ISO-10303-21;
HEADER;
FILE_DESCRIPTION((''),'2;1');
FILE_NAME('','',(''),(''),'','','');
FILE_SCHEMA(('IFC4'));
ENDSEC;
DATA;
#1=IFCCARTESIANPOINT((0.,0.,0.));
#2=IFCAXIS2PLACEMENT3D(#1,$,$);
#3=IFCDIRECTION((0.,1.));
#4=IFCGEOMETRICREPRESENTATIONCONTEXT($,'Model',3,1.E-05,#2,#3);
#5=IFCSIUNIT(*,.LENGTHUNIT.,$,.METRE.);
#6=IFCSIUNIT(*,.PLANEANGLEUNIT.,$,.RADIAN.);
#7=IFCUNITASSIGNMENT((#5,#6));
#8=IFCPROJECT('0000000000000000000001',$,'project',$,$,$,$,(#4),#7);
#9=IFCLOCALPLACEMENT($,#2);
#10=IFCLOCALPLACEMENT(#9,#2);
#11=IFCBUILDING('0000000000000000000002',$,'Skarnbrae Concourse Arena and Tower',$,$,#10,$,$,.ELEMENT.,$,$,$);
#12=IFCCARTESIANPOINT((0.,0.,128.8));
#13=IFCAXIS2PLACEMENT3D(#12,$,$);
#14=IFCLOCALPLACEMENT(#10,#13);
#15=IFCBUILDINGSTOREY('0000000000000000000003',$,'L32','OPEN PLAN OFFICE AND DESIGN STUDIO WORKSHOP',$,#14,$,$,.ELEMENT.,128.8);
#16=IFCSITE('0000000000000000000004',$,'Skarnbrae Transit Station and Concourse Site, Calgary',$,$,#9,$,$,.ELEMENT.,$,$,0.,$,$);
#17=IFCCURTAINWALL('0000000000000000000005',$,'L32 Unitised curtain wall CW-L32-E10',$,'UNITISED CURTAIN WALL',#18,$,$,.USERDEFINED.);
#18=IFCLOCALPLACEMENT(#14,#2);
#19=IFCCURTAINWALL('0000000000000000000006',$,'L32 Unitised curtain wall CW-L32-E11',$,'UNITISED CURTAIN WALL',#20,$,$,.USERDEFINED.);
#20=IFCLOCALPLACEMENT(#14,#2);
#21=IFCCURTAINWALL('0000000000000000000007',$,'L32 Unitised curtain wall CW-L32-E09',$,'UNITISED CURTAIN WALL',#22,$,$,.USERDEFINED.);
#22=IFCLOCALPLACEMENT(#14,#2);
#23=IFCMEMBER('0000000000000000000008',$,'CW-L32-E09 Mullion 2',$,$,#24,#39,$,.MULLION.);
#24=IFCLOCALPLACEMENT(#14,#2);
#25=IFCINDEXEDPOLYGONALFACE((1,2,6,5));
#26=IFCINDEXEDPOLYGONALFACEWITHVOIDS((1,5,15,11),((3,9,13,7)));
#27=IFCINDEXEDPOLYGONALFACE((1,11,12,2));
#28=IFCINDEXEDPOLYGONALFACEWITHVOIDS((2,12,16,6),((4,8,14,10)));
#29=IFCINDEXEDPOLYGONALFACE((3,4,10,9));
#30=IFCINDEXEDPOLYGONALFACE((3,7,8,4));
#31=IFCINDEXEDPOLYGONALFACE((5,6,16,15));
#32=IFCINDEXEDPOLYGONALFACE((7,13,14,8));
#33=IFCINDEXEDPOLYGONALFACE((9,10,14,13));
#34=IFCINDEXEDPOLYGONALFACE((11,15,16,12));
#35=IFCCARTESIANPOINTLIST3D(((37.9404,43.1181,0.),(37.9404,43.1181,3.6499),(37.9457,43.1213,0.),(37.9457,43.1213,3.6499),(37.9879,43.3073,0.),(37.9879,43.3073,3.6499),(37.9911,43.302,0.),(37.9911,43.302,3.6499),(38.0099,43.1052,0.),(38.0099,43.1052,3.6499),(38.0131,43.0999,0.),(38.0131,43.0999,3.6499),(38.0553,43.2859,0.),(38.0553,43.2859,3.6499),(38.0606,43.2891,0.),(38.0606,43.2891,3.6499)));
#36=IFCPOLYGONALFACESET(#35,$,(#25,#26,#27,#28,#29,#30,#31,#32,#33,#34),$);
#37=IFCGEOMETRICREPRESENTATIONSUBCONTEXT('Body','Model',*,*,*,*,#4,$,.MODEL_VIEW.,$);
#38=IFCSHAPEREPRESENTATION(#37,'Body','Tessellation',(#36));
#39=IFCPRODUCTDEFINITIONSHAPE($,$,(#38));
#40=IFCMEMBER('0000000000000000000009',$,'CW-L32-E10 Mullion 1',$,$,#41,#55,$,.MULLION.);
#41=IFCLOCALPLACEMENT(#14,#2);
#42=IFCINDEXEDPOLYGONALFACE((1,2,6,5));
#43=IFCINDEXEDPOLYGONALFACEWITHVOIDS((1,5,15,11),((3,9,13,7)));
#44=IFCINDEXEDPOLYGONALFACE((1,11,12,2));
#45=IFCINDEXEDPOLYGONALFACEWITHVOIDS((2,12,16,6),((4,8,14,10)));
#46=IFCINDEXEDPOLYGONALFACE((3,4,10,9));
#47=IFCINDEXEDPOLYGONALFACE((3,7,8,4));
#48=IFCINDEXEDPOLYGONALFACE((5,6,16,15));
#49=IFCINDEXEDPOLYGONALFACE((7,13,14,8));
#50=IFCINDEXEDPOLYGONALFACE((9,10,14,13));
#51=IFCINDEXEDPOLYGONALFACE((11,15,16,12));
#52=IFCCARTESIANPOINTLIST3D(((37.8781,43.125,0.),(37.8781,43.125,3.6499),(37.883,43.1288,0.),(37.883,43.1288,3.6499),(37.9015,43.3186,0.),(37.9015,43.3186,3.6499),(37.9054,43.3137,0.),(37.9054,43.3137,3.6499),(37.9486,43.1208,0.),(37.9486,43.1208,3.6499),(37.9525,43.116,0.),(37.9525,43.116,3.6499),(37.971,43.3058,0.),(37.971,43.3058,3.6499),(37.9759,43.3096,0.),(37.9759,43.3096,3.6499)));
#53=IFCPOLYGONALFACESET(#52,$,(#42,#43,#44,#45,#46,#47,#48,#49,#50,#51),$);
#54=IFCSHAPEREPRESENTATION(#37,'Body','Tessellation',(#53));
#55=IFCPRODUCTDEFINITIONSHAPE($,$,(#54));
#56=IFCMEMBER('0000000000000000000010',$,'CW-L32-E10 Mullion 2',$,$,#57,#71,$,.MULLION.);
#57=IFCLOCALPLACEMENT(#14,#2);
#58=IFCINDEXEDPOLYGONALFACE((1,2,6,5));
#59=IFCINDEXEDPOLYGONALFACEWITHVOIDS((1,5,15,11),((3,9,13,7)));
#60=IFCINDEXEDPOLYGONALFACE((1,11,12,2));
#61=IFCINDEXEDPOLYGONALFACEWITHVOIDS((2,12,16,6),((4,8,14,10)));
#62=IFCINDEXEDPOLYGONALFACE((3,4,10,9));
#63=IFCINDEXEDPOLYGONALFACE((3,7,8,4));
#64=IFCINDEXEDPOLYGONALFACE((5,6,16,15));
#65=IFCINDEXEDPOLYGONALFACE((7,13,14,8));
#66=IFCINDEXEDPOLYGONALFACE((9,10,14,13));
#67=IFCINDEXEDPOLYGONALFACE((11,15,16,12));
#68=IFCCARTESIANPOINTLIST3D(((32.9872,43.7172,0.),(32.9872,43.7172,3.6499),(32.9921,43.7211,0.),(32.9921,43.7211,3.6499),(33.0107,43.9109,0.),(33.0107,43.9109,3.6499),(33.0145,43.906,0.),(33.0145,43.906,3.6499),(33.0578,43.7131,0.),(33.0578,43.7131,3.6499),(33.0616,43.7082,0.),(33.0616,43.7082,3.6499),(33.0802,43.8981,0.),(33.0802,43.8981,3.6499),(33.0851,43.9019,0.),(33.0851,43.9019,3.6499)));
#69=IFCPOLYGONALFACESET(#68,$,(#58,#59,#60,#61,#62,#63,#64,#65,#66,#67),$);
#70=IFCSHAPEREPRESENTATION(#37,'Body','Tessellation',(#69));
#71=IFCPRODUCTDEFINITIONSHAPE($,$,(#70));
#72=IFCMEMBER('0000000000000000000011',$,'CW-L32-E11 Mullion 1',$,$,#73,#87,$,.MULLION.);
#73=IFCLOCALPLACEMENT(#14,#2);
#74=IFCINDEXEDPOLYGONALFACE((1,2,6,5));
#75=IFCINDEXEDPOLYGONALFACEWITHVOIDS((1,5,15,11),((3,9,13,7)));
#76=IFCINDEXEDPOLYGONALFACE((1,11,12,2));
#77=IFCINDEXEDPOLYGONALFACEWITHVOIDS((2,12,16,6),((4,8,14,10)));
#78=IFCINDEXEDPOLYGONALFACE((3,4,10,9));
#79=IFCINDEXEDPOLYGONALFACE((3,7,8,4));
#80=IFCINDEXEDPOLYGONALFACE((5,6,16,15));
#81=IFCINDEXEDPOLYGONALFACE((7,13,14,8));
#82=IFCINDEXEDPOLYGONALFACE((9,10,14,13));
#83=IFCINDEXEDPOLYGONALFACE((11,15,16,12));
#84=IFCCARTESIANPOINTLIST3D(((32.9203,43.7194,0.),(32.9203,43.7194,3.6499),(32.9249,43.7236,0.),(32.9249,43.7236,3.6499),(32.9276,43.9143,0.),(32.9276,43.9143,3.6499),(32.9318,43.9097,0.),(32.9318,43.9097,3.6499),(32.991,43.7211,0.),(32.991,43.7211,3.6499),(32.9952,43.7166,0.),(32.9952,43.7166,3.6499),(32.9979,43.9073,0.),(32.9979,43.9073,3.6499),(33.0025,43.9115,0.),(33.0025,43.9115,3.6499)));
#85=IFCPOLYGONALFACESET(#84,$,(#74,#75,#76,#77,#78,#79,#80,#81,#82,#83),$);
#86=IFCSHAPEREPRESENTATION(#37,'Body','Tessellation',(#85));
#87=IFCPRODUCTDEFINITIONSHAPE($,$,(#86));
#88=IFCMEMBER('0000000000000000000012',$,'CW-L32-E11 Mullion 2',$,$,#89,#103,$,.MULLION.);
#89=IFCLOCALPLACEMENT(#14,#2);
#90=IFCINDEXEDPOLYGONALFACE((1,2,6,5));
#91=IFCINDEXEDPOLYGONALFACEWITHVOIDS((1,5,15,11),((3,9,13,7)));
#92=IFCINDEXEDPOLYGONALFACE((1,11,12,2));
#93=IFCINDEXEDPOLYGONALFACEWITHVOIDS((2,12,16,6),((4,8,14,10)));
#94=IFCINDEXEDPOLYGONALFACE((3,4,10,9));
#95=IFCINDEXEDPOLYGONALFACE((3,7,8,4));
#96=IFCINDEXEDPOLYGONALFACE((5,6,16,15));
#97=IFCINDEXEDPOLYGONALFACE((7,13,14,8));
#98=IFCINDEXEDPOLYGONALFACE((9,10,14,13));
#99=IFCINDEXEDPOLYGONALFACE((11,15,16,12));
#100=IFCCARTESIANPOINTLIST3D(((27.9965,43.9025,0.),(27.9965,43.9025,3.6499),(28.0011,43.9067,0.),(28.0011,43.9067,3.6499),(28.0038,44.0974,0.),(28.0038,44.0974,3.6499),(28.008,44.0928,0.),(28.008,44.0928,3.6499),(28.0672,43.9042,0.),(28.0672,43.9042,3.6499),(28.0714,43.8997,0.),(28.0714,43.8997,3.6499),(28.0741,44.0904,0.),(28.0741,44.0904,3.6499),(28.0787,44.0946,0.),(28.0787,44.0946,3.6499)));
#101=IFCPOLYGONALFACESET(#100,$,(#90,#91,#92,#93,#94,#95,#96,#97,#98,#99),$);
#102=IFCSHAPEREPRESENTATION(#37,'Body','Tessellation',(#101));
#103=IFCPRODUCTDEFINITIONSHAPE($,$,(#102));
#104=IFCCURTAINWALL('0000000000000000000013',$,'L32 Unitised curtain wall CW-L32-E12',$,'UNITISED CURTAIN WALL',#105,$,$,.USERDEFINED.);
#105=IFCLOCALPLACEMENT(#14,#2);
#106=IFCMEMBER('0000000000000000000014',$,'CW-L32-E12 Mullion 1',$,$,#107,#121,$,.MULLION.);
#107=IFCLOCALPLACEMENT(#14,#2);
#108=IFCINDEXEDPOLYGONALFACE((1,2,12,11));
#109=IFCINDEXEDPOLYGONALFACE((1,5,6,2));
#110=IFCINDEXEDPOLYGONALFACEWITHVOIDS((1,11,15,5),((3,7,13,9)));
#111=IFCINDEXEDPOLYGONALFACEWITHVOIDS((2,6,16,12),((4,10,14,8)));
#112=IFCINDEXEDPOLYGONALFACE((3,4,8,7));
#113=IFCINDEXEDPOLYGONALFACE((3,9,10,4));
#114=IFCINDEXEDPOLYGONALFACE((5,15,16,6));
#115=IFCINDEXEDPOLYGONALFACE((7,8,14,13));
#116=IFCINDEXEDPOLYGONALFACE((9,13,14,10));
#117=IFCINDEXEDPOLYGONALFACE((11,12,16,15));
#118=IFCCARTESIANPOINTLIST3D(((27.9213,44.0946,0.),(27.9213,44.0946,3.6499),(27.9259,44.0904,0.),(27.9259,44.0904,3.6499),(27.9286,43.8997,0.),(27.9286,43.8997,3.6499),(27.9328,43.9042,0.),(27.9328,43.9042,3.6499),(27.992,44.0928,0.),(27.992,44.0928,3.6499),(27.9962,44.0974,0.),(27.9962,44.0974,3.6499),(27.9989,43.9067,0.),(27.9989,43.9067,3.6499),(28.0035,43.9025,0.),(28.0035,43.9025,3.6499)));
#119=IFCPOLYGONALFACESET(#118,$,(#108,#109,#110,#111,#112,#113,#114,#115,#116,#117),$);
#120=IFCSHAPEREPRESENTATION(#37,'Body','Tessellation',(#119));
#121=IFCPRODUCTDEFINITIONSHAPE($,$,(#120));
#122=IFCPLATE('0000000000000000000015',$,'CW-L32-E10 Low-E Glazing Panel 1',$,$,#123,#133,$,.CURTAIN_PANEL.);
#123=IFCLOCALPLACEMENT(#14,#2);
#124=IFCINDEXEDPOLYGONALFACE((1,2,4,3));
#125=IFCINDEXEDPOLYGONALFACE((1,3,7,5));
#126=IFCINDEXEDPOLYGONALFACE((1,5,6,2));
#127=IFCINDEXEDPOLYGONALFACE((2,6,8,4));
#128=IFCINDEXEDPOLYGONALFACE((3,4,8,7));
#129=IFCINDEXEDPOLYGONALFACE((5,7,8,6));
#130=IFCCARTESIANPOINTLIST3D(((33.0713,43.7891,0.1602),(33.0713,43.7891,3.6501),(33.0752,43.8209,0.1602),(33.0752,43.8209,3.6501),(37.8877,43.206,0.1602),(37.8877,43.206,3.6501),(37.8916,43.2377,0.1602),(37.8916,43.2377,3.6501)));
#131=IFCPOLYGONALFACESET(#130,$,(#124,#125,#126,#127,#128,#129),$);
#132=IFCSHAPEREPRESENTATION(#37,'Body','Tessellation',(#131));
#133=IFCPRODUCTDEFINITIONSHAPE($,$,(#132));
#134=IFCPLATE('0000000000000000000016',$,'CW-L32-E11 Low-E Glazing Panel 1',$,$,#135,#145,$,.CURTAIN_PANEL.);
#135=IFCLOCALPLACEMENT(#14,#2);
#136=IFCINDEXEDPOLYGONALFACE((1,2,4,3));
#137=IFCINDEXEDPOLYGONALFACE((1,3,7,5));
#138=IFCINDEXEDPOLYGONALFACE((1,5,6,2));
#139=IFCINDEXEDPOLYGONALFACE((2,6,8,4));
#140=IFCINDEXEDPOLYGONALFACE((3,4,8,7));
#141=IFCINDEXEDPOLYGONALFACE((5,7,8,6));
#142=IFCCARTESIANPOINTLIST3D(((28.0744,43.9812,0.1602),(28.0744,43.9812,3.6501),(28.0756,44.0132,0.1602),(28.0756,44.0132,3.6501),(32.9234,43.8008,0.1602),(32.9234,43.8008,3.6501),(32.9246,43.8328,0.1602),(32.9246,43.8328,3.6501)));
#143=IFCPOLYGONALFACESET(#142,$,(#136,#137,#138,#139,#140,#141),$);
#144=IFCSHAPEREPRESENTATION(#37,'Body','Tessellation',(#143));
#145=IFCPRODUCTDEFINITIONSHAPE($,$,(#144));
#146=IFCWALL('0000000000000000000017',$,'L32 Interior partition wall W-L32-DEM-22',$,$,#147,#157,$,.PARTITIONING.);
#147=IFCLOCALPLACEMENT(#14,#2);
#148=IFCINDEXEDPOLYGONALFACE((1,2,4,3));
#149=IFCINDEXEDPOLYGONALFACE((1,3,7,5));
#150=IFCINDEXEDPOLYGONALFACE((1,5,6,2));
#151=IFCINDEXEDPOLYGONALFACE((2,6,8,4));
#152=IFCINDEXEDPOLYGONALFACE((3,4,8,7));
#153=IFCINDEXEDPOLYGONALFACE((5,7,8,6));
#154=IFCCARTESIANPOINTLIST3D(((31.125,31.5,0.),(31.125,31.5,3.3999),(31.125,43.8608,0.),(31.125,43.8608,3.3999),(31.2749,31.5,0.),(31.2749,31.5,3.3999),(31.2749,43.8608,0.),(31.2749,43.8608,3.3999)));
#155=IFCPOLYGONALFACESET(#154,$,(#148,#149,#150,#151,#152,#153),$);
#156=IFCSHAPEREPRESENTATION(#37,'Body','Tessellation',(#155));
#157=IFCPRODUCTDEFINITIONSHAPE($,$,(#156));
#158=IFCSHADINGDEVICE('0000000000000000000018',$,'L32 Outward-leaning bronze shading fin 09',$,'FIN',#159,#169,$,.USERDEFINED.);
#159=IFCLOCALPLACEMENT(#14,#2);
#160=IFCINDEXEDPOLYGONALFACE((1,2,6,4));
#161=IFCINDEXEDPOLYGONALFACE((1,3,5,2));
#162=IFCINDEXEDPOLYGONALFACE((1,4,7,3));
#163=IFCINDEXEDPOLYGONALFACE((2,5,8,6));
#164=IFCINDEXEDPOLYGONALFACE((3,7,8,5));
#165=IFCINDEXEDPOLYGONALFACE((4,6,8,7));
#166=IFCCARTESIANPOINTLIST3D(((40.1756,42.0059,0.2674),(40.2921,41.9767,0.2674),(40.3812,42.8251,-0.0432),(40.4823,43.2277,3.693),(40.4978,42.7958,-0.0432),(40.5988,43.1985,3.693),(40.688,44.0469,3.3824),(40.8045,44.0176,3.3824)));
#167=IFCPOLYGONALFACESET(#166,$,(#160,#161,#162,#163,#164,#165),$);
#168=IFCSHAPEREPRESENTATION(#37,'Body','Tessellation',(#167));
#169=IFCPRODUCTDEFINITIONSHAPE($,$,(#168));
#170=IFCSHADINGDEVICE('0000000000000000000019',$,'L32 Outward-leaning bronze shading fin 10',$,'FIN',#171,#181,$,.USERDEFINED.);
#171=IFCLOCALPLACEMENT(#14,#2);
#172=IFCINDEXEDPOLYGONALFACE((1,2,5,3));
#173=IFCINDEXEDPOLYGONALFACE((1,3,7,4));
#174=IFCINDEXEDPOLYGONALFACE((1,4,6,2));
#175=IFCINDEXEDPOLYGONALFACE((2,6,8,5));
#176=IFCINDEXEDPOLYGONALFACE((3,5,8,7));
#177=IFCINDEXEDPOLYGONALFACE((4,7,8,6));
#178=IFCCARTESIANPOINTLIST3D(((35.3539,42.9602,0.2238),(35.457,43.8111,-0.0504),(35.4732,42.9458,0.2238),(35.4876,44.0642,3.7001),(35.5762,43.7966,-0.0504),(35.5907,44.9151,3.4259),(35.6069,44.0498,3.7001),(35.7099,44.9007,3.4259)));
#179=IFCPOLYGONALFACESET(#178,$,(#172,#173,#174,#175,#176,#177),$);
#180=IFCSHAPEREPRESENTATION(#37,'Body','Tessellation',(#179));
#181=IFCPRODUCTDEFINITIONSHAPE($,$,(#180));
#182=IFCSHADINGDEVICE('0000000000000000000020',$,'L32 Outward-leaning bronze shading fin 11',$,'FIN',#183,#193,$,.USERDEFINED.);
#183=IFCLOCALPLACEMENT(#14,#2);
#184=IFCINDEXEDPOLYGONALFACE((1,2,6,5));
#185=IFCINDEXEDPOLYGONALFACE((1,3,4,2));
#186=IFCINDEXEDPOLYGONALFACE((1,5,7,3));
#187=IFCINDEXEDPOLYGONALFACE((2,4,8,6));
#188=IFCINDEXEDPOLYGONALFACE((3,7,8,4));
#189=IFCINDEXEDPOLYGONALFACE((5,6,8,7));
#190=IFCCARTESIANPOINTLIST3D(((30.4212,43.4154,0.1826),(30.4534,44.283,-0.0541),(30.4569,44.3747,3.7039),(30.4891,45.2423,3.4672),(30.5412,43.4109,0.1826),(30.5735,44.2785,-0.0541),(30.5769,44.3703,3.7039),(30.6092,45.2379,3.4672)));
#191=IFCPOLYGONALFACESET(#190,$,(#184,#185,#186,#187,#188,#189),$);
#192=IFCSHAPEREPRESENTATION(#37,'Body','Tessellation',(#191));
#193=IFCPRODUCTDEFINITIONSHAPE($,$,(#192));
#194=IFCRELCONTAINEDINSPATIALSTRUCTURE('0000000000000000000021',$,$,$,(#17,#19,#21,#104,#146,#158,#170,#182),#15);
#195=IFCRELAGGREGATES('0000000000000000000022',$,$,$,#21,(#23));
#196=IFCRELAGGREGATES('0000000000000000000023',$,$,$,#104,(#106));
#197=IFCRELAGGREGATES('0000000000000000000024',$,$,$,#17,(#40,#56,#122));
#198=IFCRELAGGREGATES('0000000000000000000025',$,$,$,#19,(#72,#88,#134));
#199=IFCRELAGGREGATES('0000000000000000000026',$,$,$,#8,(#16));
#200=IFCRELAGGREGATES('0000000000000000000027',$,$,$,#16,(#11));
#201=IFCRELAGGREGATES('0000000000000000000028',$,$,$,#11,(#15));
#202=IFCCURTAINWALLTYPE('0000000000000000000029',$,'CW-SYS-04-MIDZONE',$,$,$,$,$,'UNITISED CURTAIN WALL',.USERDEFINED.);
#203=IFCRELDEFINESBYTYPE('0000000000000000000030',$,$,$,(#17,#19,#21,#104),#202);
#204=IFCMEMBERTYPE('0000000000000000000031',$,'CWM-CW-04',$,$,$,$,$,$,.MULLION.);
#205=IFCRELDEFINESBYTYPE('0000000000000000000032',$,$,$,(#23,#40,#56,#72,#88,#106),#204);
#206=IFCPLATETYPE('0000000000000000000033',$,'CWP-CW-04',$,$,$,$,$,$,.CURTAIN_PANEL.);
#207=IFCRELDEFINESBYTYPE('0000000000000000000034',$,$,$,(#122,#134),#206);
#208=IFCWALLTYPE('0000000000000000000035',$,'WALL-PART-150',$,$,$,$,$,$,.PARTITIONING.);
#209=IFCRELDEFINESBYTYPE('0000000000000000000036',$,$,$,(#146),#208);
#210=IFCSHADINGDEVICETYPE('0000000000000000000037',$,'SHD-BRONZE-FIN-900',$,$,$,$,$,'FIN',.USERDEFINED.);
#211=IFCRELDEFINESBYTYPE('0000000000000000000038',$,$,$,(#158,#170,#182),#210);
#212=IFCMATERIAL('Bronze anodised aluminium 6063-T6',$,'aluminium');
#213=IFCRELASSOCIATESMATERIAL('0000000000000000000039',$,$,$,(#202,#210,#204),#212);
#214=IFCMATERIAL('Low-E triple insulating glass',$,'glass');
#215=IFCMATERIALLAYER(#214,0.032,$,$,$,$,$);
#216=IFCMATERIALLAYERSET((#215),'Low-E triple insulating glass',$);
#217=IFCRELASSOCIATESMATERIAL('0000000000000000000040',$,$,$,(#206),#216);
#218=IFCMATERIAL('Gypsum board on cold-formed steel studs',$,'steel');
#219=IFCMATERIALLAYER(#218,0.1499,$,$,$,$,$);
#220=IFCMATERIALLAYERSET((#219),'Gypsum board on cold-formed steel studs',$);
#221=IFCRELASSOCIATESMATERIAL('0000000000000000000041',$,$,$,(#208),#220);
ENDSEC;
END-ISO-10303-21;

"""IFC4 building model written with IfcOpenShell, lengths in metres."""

from ifc_helpers import new_model, si_unit, direction, frame, frame_2d, origin, origin_2d, place, context, subcontext, project, spatial, rectangle, hollow_rectangle, extrude, source, transform, mapped, material, layer, layer_set, material_profile, profile_set, type_object, element, aggregate, save


model = new_model("IFC4")

# Units and contexts
model_context = context("Model", 3, precision=1e-05, world=origin(), true_north=direction((0.0, 1.0)))
body_context = subcontext(model_context, "Body", "Model", "MODEL_VIEW")
ifc_project = project(units=[si_unit("LENGTHUNIT", "METRE"), si_unit("PLANEANGLEUNIT", "RADIAN")], contexts=[model_context])

# Site, building, storey
site_placement = place(None, origin())
site = spatial("IfcSite", under=ifc_project, at=site_placement, Name="Skarnbrae Transit Station and Concourse Site, Calgary", CompositionType="ELEMENT", RefElevation=0.0)
building_placement = place(site_placement, origin())
building = spatial("IfcBuilding", under=site, at=building_placement, Name="Skarnbrae Concourse Arena and Tower", CompositionType="ELEMENT")
storey_placement = place(building_placement, frame((0.0, 0.0, 128.8)))
storey = spatial("IfcBuildingStorey", under=building, at=storey_placement, Name="L32", Description="OPEN PLAN OFFICE AND DESIGN STUDIO WORKSHOP", CompositionType="ELEMENT", Elevation=128.8)

# Curtain walls, member
ifc_material_1 = material(Name="Bronze anodised aluminium 6063-T6", Category="aluminium")
curtain_wall_type = type_object("IfcCurtainWallType", Name="CW-SYS-04-MIDZONE", ElementType="UNITISED CURTAIN WALL", PredefinedType="USERDEFINED", material=ifc_material_1)
curtain_wall_1_placement = place(storey_placement, origin())
curtain_wall_1 = element("IfcCurtainWall", 1, at=curtain_wall_1_placement, inside=storey, type_object=curtain_wall_type, Name="L32 Unitised curtain wall CW-L32-E10", ObjectType="UNITISED CURTAIN WALL", PredefinedType="USERDEFINED")
curtain_wall_2_placement = place(storey_placement, origin())
curtain_wall_2 = element("IfcCurtainWall", 2, at=curtain_wall_2_placement, inside=storey, type_object=curtain_wall_type, Name="L32 Unitised curtain wall CW-L32-E11", ObjectType="UNITISED CURTAIN WALL", PredefinedType="USERDEFINED")
curtain_wall_3_placement = place(storey_placement, origin())
curtain_wall_3 = element("IfcCurtainWall", 3, at=curtain_wall_3_placement, inside=storey, type_object=curtain_wall_type, Name="L32 Unitised curtain wall CW-L32-E09", ObjectType="UNITISED CURTAIN WALL", PredefinedType="USERDEFINED")
ifc_material_profile_1 = material_profile(ifc_material_1, hollow_rectangle(XDim=0.075, YDim=0.1951, WallThickness=0.0044, at=origin_2d()), Name="ALU-MULL-75X195")
ifc_profile_set_1 = profile_set([ifc_material_profile_1], Name="Bronze anodised aluminium 6063-T6")
member_type_1 = type_object("IfcMemberType", Name="CWM-CW-04", PredefinedType="MULLION", material=ifc_profile_set_1)
shared_shape_1 = source(origin(), body_context, "Body", "SweptSolid", [
    extrude(hollow_rectangle(XDim=0.075, YDim=0.1951, WallThickness=0.0044, at=origin_2d()), origin(), (0.0, 0.0, 1.0), 3.6499),
])
member_1_placement = place(storey_placement, frame((38.0005, 43.2036, 0.0), z_axis=(0.0, 0.0, 1.0), x_axis=(-0.969903, 0.243491, 0.0)))
member_1 = element("IfcMember", 4, at=member_1_placement, type_object=member_type_1, Name="CW-L32-E09 Mullion 2", PredefinedType="MULLION", context=body_context, shape_type="MappedRepresentation", body=[
    mapped(shared_shape_1, transform((0.0, 0.0, 0.0))),
])
aggregate(curtain_wall_3, [member_1])

# Members
member_2_placement = place(storey_placement, frame((37.927, 43.2173, 0.0), z_axis=(0.0, 0.0, 1.0), x_axis=(-0.992749, 0.120203, 0.0)))
member_2 = element("IfcMember", 5, at=member_2_placement, type_object=member_type_1, Name="CW-L32-E10 Mullion 1", PredefinedType="MULLION", context=body_context, shape_type="MappedRepresentation", body=[
    mapped(shared_shape_1, transform((0.0, 0.0, 0.0))),
])
member_3_placement = place(storey_placement, frame((33.0361, 43.8096, 0.0), z_axis=(0.0, 0.0, 1.0), x_axis=(-0.992749, 0.120203, 0.0)))
member_3 = element("IfcMember", 6, at=member_3_placement, type_object=member_type_1, Name="CW-L32-E10 Mullion 2", PredefinedType="MULLION", context=body_context, shape_type="MappedRepresentation", body=[
    mapped(shared_shape_1, transform((0.0, 0.0, 0.0))),
])
member_4_placement = place(storey_placement, frame((32.9614, 43.8154, 0.0), z_axis=(0.0, 0.0, 1.0), x_axis=(-0.999308, 0.037183, 0.0)))
member_4 = element("IfcMember", 7, at=member_4_placement, type_object=member_type_1, Name="CW-L32-E11 Mullion 1", PredefinedType="MULLION", context=body_context, shape_type="MappedRepresentation", body=[
    mapped(shared_shape_1, transform((0.0, 0.0, 0.0))),
])
member_5_placement = place(storey_placement, frame((28.0376, 43.9985, 0.0), z_axis=(0.0, 0.0, 1.0), x_axis=(-0.999308, 0.037183, 0.0)))
member_5 = element("IfcMember", 8, at=member_5_placement, type_object=member_type_1, Name="CW-L32-E11 Mullion 2", PredefinedType="MULLION", context=body_context, shape_type="MappedRepresentation", body=[
    mapped(shared_shape_1, transform((0.0, 0.0, 0.0))),
])

# Curtain wall, member
curtain_wall_4_placement = place(storey_placement, origin())
curtain_wall_4 = element("IfcCurtainWall", 9, at=curtain_wall_4_placement, inside=storey, type_object=curtain_wall_type, Name="L32 Unitised curtain wall CW-L32-E12", ObjectType="UNITISED CURTAIN WALL", PredefinedType="USERDEFINED")
member_6_placement = place(storey_placement, frame((27.9624, 43.9985, 0.0), z_axis=(0.0, 0.0, 1.0), x_axis=(-0.999308, -0.037183, 0.0)))
member_6 = element("IfcMember", 10, at=member_6_placement, type_object=member_type_1, Name="CW-L32-E12 Mullion 1", PredefinedType="MULLION", context=body_context, shape_type="MappedRepresentation", body=[
    mapped(shared_shape_1, transform((0.0, 0.0, 0.0))),
])
aggregate(curtain_wall_4, [member_6])

# Plates
ifc_material_2 = material(Name="Low-E triple insulating glass", Category="glass")
ifc_layer_1 = layer(ifc_material_2, 0.032)
ifc_layer_set_1 = layer_set([ifc_layer_1], Name="Low-E triple insulating glass")
plate_type = type_object("IfcPlateType", Name="CWP-CW-04", PredefinedType="CURTAIN_PANEL", material=ifc_layer_set_1)
shared_shape_2 = source(origin(), body_context, "Body", "SweptSolid", [
    extrude(rectangle(XDim=4.8516, YDim=0.032, at=origin_2d()), origin(), (0.0, 0.0, 1.0), 3.49),
])
plate_1_placement = place(storey_placement, frame((35.4814, 43.5134, 0.1602), z_axis=(0.0, 0.0, 1.0), x_axis=(-0.992749, 0.120203, 0.0)))
plate_1 = element("IfcPlate", 11, at=plate_1_placement, type_object=plate_type, Name="CW-L32-E10 Low-E Glazing Panel 1", PredefinedType="CURTAIN_PANEL", context=body_context, shape_type="MappedRepresentation", body=[
    mapped(shared_shape_2, transform((0.0, 0.0, 0.0))),
])
aggregate(curtain_wall_1, [member_2, member_3, plate_1])
shared_shape_3 = source(origin(), body_context, "Body", "SweptSolid", [
    extrude(rectangle(XDim=4.8523, YDim=0.032, at=origin_2d()), origin(), (0.0, 0.0, 1.0), 3.49),
])
plate_2_placement = place(storey_placement, frame((30.4995, 43.907, 0.1602), z_axis=(0.0, 0.0, 1.0), x_axis=(-0.999308, 0.037183, 0.0)))
plate_2 = element("IfcPlate", 12, at=plate_2_placement, type_object=plate_type, Name="CW-L32-E11 Low-E Glazing Panel 1", PredefinedType="CURTAIN_PANEL", context=body_context, shape_type="MappedRepresentation", body=[
    mapped(shared_shape_3, transform((0.0, 0.0, 0.0))),
])
aggregate(curtain_wall_2, [member_4, member_5, plate_2])

# Wall
ifc_material_3 = material(Name="Gypsum board on cold-formed steel studs", Category="steel")
ifc_layer_2 = layer(ifc_material_3, 0.1499)
ifc_layer_set_2 = layer_set([ifc_layer_2], Name="Gypsum board on cold-formed steel studs")
wall_type = type_object("IfcWallType", Name="WALL-PART-150", PredefinedType="PARTITIONING", material=ifc_layer_set_2)
shared_shape_4 = source(origin(), body_context, "Body", "SweptSolid", [
    extrude(rectangle(XDim=12.3608, YDim=0.1499, at=frame_2d((6.1804, 0.0))), origin(), (0.0, 0.0, 1.0), 3.3999),
])
wall_placement = place(storey_placement, frame((31.2, 43.8608, 0.0), z_axis=(0.0, 0.0, 1.0), x_axis=(0.0, -1.0, 0.0)))
element("IfcWall", 13, at=wall_placement, inside=storey, type_object=wall_type, Name="L32 Interior partition wall W-L32-DEM-22", PredefinedType="PARTITIONING", context=body_context, shape_type="MappedRepresentation", body=[
    mapped(shared_shape_4, transform((0.0, 0.0, 0.0))),
])

# Shading devices
shading_device_type = type_object("IfcShadingDeviceType", Name="SHD-BRONZE-FIN-900", ElementType="FIN", PredefinedType="USERDEFINED", material=ifc_material_1)
shared_shape_5 = source(origin(), body_context, "Body", "SweptSolid", [
    extrude(rectangle(XDim=0.1201, YDim=0.8999, at=origin_2d()), origin(), (0.0, 0.0, 1.0), 3.6499),
])
for number, where, z_axis, x_axis, name in (
    (14, (40.3367, 42.4009, 0.1121), (0.084039, 0.334746, 0.938553), (0.969902, -0.243497, 0.0), "L32 Outward-leaning bronze shading fin 09"),
    (15, (35.4651, 43.3784, 0.0867), (0.036627, 0.302489, 0.952449), (0.992749, -0.120206, 0.0), "L32 Outward-leaning bronze shading fin 10"),
    (16, (30.4973, 43.8469, 0.0642), (0.009781, 0.262849, 0.964787), (0.999308, -0.037184, 0.0), "L32 Outward-leaning bronze shading fin 11"),
):
    element("IfcShadingDevice", number, at=place(storey_placement, frame(where, z_axis=z_axis, x_axis=x_axis)), inside=storey, type_object=shading_device_type, Name=name, ObjectType="FIN", PredefinedType="USERDEFINED", context=body_context, shape_type="MappedRepresentation", body=[
        mapped(shared_shape_5, transform((0.0, 0.0, 0.0))),
    ])

save(model, "model.ifc")
